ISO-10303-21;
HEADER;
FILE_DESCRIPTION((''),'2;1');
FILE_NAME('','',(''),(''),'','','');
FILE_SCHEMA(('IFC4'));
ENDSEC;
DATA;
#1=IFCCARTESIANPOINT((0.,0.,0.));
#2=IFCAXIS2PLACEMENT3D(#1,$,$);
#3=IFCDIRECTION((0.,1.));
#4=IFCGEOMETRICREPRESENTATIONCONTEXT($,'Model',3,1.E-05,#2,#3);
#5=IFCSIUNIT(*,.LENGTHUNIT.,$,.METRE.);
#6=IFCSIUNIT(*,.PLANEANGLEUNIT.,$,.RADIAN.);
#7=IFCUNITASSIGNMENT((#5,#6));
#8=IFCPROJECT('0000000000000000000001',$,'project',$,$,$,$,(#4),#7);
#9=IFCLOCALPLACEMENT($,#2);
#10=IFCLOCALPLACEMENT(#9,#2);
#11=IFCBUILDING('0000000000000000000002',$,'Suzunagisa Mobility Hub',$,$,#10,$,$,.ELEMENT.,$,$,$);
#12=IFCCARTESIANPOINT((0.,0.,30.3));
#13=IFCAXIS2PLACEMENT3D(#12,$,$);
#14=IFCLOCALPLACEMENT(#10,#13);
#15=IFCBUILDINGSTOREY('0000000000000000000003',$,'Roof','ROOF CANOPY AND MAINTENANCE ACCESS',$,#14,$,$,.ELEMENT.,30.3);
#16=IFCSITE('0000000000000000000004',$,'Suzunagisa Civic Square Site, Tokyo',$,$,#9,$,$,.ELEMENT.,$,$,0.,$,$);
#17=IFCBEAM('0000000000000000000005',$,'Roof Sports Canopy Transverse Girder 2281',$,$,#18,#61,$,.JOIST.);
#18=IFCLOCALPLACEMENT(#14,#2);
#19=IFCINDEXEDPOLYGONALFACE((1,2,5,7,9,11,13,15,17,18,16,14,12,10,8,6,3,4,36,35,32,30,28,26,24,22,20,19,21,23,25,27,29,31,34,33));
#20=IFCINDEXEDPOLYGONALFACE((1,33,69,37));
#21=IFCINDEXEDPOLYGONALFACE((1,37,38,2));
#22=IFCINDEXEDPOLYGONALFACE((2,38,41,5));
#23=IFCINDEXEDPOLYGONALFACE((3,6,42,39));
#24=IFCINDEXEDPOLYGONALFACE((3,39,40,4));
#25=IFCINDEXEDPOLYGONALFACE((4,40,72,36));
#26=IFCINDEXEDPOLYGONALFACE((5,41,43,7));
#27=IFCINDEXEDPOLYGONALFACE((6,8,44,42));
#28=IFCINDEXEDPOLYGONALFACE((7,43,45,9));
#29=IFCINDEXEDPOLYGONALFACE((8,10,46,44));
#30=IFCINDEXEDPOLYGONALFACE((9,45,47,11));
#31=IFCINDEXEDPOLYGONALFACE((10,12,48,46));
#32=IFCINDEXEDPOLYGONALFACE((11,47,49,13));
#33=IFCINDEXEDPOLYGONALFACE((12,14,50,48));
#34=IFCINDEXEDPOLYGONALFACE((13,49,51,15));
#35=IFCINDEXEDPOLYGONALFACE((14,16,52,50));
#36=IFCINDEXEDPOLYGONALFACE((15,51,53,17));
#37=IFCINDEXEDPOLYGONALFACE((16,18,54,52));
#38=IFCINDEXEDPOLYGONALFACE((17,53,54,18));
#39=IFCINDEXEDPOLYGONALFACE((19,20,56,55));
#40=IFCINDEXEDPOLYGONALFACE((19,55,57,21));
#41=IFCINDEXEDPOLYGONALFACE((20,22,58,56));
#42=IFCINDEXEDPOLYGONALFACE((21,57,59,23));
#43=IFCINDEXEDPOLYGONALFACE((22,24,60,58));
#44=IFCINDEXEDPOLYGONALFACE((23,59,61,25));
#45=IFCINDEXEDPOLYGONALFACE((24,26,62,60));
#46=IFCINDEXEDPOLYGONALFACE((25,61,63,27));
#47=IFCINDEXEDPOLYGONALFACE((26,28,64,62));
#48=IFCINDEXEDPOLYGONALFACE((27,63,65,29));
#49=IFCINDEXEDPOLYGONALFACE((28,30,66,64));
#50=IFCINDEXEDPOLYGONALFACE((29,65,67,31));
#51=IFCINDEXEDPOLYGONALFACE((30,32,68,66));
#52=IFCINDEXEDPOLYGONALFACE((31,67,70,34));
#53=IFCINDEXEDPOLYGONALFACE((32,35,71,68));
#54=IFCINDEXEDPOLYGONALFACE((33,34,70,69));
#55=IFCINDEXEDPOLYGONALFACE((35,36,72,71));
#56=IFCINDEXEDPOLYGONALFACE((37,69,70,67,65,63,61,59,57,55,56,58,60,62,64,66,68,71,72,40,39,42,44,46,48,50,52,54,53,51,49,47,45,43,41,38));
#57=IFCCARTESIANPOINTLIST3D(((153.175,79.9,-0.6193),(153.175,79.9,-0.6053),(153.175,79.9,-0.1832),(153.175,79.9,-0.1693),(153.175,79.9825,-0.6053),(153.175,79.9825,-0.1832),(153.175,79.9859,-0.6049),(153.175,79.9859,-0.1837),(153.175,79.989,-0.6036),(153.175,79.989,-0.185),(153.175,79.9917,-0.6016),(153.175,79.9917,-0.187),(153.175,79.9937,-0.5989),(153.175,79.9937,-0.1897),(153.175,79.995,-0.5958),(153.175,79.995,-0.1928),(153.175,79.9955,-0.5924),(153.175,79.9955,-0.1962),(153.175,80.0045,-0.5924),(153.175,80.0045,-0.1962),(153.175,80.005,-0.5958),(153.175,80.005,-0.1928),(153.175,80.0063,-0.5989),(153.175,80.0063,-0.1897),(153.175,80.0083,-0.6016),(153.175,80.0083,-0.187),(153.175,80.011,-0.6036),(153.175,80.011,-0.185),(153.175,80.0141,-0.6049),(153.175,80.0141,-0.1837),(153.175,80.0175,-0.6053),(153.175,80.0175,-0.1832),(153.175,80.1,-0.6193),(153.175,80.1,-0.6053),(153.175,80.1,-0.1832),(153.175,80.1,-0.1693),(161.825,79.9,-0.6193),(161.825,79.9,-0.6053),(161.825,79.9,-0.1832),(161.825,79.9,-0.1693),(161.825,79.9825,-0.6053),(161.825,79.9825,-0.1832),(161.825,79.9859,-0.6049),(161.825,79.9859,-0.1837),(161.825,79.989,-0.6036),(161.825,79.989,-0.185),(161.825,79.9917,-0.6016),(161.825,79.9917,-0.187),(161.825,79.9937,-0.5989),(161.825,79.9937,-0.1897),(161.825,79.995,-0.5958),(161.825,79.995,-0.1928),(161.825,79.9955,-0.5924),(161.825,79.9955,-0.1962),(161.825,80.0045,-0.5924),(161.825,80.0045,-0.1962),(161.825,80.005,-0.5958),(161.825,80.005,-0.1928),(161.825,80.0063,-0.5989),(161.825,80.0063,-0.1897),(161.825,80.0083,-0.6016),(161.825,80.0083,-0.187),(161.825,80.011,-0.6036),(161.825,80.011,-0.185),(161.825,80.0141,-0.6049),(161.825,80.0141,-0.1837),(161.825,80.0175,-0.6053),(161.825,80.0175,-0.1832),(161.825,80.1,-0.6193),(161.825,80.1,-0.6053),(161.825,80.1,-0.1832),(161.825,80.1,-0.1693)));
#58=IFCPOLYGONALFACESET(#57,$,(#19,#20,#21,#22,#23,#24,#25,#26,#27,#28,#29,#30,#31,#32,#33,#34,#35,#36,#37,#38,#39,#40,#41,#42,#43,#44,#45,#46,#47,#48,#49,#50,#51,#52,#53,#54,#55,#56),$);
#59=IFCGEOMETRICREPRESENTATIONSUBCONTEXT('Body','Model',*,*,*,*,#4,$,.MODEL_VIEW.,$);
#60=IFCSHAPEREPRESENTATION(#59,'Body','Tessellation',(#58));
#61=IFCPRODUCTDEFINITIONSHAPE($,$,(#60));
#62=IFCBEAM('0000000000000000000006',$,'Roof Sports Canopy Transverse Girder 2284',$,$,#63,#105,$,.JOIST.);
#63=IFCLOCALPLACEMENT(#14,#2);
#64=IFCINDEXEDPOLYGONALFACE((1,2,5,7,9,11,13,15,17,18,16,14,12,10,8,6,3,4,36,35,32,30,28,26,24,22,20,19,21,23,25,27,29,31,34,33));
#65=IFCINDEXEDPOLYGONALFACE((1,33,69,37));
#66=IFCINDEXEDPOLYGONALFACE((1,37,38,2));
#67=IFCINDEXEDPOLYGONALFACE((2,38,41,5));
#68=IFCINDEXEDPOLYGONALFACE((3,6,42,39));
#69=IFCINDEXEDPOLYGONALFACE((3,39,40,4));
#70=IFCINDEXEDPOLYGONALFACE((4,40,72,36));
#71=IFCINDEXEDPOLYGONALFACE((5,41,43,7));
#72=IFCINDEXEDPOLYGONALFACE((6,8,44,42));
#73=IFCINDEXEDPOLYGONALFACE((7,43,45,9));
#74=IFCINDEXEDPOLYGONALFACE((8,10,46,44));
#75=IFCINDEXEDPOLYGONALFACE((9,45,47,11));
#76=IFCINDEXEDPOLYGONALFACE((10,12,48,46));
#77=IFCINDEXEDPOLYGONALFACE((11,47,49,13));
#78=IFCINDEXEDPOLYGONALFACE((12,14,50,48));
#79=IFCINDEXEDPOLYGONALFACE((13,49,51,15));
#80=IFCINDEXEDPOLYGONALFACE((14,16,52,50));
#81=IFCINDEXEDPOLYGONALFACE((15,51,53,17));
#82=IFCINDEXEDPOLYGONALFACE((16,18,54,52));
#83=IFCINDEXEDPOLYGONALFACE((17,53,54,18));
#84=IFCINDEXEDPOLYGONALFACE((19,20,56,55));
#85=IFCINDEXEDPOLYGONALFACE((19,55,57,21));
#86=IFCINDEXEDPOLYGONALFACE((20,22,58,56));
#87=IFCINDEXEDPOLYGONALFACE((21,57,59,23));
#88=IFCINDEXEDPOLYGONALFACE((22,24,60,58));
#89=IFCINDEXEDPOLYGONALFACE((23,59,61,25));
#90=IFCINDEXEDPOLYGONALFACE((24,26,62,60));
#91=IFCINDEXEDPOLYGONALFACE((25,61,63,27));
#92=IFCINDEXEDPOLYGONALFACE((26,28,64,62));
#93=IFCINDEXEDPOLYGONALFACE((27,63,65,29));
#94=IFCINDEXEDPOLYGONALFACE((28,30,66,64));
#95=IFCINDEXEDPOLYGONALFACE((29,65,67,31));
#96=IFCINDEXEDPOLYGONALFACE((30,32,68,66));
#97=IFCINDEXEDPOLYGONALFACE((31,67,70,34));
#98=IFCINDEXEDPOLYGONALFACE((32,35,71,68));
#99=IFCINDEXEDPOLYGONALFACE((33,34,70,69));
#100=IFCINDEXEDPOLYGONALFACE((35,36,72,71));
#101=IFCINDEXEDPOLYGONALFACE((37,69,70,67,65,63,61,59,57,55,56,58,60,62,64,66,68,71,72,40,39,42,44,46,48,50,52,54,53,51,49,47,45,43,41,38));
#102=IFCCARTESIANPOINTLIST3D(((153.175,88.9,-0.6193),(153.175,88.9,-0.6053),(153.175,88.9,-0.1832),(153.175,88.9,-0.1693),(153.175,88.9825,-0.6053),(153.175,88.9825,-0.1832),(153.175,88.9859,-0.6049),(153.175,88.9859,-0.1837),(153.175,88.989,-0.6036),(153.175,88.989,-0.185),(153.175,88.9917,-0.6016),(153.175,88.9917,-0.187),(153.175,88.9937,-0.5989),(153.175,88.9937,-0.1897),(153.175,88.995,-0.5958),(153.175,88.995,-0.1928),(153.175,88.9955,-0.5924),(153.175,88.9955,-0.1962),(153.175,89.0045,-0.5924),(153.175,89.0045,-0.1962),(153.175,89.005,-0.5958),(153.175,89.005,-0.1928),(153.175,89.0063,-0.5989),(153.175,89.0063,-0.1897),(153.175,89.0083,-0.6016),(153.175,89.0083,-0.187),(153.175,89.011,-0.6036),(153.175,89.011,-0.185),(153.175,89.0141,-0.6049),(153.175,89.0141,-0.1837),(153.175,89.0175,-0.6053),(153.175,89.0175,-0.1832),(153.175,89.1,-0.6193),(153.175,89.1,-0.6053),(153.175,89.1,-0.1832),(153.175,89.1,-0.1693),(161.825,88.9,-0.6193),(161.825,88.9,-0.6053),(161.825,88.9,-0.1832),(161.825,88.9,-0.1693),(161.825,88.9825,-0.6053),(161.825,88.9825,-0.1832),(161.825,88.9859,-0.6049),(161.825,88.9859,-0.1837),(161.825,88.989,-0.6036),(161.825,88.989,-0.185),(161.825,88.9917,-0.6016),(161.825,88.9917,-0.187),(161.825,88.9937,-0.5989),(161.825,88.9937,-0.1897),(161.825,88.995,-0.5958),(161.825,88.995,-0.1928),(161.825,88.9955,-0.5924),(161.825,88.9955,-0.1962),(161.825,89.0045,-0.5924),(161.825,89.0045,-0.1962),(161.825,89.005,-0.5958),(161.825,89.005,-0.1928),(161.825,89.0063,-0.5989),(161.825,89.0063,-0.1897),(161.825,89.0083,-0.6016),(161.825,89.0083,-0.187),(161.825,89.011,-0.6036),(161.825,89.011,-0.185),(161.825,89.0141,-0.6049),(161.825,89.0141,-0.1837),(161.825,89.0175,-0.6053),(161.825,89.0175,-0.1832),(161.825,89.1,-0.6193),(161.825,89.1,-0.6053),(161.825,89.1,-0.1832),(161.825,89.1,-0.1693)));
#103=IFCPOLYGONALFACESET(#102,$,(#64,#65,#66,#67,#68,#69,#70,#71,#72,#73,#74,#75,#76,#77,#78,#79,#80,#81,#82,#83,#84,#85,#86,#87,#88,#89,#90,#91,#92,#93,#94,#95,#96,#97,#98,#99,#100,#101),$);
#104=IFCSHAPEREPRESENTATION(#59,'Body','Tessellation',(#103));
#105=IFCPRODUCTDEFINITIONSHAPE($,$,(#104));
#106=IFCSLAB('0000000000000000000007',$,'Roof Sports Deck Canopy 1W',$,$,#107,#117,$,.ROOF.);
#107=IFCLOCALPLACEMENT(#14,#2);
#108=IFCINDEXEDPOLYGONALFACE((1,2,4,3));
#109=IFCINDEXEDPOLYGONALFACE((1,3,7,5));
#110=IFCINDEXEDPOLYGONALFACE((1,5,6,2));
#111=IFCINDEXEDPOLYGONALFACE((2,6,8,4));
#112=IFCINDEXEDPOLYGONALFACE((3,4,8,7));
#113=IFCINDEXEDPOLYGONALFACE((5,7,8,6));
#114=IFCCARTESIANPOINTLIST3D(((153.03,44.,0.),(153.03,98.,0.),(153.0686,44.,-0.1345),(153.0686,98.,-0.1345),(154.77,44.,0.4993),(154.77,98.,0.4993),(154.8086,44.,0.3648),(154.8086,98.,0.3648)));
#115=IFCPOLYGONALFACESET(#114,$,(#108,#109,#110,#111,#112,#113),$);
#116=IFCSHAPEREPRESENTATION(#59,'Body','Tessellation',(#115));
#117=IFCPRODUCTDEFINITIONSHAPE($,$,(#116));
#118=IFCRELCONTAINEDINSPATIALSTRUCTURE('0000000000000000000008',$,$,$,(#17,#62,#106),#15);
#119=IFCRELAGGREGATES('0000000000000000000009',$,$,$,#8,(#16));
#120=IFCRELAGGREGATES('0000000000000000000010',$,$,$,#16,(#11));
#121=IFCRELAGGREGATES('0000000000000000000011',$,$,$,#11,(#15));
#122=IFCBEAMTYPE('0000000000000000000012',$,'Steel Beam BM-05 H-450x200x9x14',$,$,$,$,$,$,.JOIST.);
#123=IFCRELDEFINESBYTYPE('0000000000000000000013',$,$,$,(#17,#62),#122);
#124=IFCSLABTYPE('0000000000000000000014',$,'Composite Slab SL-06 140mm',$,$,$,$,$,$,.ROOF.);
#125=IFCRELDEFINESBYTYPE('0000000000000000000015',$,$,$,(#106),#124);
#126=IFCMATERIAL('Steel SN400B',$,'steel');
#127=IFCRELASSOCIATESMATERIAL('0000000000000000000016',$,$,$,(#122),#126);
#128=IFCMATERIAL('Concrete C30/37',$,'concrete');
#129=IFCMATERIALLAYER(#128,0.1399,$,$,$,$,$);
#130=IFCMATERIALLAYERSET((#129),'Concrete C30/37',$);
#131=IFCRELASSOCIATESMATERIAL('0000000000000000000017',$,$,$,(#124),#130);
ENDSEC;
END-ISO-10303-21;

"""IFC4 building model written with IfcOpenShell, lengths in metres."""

from ifc_helpers import new_model, si_unit, direction, frame, origin, origin_2d, place, context, subcontext, project, spatial, polyline, i_section, outline, extrude, material, layer, layer_set, material_profile, profile_set, type_object, element, save


model = new_model("IFC4")

# Units and contexts
model_context = context("Model", 3, precision=1e-05, world=origin(), true_north=direction((0.0, 1.0)))
body_context = subcontext(model_context, "Body", "Model", "MODEL_VIEW")
ifc_project = project(units=[si_unit("LENGTHUNIT", "METRE"), si_unit("PLANEANGLEUNIT", "RADIAN")], contexts=[model_context])

# Site, building, storey
site_placement = place(None, origin())
site = spatial("IfcSite", under=ifc_project, at=site_placement, Name="Suzunagisa Civic Square Site, Tokyo", CompositionType="ELEMENT", RefElevation=0.0)
building_placement = place(site_placement, origin())
building = spatial("IfcBuilding", under=site, at=building_placement, Name="Suzunagisa Mobility Hub", CompositionType="ELEMENT")
storey_placement = place(building_placement, frame((0.0, 0.0, 30.3)))
storey = spatial("IfcBuildingStorey", under=building, at=storey_placement, Name="Roof", Description="ROOF CANOPY AND MAINTENANCE ACCESS", CompositionType="ELEMENT", Elevation=30.3)

# Beams
ifc_material_1 = material(Name="Steel SN400B", Category="steel")
ifc_material_profile = material_profile(ifc_material_1, i_section(OverallWidth=0.2, OverallDepth=0.45, WebThickness=0.009, FlangeThickness=0.0139, FilletRadius=0.0129, at=origin_2d()), Name="H-450x200x9x14")
ifc_profile_set = profile_set([ifc_material_profile], Name="Steel SN400B")
beam_type = type_object("IfcBeamType", Name="Steel Beam BM-05 H-450x200x9x14", PredefinedType="JOIST", material=ifc_profile_set)
for number, where, z_axis, x_axis, name in (
    (1, (153.175, 80.0, -0.3943), (1.0, 0.0, 0.0), (0.0, 1.0, 0.0), "Roof Sports Canopy Transverse Girder 2281"),
    (2, (153.175, 89.0, -0.3943), (1.0, 0.0, 0.0), (0.0, 1.0, 0.0), "Roof Sports Canopy Transverse Girder 2284"),
):
    element("IfcBeam", number, at=place(storey_placement, frame(where, z_axis=z_axis, x_axis=x_axis)), inside=storey, type_object=beam_type, Name=name, PredefinedType="JOIST", context=body_context, shape_type="SweptSolid", body=[
        extrude(i_section(OverallWidth=0.2, OverallDepth=0.45, WebThickness=0.009, FlangeThickness=0.0139, FilletRadius=0.0129, at=origin_2d()), origin(), (0.0, 0.0, 1.0), 8.6499),
    ])

# Slab
ifc_material_2 = material(Name="Concrete C30/37", Category="concrete")
ifc_layer = layer(ifc_material_2, 0.1399)
ifc_layer_set = layer_set([ifc_layer], Name="Concrete C30/37")
slab_type = type_object("IfcSlabType", Name="Composite Slab SL-06 140mm", PredefinedType="ROOF", material=ifc_layer_set)
slab_placement = place(storey_placement, frame((153.03, 44.0, 0.0), z_axis=(-0.275808, 0.0, 0.961213), x_axis=(0.961213, 0.0, 0.275808)))
element("IfcSlab", 3, at=slab_placement, inside=storey, type_object=slab_type, Name="Roof Sports Deck Canopy 1W", PredefinedType="ROOF", context=body_context, shape_type="SweptSolid", body=[
    extrude(outline(polyline([(0.0, 0.0), (1.8102, 0.0), (1.8102, 54.0), (0.0, 54.0), (0.0, 0.0)])), origin(), (0.0, 0.0, -1.0), 0.1399),
])

save(model, "model.ifc")
